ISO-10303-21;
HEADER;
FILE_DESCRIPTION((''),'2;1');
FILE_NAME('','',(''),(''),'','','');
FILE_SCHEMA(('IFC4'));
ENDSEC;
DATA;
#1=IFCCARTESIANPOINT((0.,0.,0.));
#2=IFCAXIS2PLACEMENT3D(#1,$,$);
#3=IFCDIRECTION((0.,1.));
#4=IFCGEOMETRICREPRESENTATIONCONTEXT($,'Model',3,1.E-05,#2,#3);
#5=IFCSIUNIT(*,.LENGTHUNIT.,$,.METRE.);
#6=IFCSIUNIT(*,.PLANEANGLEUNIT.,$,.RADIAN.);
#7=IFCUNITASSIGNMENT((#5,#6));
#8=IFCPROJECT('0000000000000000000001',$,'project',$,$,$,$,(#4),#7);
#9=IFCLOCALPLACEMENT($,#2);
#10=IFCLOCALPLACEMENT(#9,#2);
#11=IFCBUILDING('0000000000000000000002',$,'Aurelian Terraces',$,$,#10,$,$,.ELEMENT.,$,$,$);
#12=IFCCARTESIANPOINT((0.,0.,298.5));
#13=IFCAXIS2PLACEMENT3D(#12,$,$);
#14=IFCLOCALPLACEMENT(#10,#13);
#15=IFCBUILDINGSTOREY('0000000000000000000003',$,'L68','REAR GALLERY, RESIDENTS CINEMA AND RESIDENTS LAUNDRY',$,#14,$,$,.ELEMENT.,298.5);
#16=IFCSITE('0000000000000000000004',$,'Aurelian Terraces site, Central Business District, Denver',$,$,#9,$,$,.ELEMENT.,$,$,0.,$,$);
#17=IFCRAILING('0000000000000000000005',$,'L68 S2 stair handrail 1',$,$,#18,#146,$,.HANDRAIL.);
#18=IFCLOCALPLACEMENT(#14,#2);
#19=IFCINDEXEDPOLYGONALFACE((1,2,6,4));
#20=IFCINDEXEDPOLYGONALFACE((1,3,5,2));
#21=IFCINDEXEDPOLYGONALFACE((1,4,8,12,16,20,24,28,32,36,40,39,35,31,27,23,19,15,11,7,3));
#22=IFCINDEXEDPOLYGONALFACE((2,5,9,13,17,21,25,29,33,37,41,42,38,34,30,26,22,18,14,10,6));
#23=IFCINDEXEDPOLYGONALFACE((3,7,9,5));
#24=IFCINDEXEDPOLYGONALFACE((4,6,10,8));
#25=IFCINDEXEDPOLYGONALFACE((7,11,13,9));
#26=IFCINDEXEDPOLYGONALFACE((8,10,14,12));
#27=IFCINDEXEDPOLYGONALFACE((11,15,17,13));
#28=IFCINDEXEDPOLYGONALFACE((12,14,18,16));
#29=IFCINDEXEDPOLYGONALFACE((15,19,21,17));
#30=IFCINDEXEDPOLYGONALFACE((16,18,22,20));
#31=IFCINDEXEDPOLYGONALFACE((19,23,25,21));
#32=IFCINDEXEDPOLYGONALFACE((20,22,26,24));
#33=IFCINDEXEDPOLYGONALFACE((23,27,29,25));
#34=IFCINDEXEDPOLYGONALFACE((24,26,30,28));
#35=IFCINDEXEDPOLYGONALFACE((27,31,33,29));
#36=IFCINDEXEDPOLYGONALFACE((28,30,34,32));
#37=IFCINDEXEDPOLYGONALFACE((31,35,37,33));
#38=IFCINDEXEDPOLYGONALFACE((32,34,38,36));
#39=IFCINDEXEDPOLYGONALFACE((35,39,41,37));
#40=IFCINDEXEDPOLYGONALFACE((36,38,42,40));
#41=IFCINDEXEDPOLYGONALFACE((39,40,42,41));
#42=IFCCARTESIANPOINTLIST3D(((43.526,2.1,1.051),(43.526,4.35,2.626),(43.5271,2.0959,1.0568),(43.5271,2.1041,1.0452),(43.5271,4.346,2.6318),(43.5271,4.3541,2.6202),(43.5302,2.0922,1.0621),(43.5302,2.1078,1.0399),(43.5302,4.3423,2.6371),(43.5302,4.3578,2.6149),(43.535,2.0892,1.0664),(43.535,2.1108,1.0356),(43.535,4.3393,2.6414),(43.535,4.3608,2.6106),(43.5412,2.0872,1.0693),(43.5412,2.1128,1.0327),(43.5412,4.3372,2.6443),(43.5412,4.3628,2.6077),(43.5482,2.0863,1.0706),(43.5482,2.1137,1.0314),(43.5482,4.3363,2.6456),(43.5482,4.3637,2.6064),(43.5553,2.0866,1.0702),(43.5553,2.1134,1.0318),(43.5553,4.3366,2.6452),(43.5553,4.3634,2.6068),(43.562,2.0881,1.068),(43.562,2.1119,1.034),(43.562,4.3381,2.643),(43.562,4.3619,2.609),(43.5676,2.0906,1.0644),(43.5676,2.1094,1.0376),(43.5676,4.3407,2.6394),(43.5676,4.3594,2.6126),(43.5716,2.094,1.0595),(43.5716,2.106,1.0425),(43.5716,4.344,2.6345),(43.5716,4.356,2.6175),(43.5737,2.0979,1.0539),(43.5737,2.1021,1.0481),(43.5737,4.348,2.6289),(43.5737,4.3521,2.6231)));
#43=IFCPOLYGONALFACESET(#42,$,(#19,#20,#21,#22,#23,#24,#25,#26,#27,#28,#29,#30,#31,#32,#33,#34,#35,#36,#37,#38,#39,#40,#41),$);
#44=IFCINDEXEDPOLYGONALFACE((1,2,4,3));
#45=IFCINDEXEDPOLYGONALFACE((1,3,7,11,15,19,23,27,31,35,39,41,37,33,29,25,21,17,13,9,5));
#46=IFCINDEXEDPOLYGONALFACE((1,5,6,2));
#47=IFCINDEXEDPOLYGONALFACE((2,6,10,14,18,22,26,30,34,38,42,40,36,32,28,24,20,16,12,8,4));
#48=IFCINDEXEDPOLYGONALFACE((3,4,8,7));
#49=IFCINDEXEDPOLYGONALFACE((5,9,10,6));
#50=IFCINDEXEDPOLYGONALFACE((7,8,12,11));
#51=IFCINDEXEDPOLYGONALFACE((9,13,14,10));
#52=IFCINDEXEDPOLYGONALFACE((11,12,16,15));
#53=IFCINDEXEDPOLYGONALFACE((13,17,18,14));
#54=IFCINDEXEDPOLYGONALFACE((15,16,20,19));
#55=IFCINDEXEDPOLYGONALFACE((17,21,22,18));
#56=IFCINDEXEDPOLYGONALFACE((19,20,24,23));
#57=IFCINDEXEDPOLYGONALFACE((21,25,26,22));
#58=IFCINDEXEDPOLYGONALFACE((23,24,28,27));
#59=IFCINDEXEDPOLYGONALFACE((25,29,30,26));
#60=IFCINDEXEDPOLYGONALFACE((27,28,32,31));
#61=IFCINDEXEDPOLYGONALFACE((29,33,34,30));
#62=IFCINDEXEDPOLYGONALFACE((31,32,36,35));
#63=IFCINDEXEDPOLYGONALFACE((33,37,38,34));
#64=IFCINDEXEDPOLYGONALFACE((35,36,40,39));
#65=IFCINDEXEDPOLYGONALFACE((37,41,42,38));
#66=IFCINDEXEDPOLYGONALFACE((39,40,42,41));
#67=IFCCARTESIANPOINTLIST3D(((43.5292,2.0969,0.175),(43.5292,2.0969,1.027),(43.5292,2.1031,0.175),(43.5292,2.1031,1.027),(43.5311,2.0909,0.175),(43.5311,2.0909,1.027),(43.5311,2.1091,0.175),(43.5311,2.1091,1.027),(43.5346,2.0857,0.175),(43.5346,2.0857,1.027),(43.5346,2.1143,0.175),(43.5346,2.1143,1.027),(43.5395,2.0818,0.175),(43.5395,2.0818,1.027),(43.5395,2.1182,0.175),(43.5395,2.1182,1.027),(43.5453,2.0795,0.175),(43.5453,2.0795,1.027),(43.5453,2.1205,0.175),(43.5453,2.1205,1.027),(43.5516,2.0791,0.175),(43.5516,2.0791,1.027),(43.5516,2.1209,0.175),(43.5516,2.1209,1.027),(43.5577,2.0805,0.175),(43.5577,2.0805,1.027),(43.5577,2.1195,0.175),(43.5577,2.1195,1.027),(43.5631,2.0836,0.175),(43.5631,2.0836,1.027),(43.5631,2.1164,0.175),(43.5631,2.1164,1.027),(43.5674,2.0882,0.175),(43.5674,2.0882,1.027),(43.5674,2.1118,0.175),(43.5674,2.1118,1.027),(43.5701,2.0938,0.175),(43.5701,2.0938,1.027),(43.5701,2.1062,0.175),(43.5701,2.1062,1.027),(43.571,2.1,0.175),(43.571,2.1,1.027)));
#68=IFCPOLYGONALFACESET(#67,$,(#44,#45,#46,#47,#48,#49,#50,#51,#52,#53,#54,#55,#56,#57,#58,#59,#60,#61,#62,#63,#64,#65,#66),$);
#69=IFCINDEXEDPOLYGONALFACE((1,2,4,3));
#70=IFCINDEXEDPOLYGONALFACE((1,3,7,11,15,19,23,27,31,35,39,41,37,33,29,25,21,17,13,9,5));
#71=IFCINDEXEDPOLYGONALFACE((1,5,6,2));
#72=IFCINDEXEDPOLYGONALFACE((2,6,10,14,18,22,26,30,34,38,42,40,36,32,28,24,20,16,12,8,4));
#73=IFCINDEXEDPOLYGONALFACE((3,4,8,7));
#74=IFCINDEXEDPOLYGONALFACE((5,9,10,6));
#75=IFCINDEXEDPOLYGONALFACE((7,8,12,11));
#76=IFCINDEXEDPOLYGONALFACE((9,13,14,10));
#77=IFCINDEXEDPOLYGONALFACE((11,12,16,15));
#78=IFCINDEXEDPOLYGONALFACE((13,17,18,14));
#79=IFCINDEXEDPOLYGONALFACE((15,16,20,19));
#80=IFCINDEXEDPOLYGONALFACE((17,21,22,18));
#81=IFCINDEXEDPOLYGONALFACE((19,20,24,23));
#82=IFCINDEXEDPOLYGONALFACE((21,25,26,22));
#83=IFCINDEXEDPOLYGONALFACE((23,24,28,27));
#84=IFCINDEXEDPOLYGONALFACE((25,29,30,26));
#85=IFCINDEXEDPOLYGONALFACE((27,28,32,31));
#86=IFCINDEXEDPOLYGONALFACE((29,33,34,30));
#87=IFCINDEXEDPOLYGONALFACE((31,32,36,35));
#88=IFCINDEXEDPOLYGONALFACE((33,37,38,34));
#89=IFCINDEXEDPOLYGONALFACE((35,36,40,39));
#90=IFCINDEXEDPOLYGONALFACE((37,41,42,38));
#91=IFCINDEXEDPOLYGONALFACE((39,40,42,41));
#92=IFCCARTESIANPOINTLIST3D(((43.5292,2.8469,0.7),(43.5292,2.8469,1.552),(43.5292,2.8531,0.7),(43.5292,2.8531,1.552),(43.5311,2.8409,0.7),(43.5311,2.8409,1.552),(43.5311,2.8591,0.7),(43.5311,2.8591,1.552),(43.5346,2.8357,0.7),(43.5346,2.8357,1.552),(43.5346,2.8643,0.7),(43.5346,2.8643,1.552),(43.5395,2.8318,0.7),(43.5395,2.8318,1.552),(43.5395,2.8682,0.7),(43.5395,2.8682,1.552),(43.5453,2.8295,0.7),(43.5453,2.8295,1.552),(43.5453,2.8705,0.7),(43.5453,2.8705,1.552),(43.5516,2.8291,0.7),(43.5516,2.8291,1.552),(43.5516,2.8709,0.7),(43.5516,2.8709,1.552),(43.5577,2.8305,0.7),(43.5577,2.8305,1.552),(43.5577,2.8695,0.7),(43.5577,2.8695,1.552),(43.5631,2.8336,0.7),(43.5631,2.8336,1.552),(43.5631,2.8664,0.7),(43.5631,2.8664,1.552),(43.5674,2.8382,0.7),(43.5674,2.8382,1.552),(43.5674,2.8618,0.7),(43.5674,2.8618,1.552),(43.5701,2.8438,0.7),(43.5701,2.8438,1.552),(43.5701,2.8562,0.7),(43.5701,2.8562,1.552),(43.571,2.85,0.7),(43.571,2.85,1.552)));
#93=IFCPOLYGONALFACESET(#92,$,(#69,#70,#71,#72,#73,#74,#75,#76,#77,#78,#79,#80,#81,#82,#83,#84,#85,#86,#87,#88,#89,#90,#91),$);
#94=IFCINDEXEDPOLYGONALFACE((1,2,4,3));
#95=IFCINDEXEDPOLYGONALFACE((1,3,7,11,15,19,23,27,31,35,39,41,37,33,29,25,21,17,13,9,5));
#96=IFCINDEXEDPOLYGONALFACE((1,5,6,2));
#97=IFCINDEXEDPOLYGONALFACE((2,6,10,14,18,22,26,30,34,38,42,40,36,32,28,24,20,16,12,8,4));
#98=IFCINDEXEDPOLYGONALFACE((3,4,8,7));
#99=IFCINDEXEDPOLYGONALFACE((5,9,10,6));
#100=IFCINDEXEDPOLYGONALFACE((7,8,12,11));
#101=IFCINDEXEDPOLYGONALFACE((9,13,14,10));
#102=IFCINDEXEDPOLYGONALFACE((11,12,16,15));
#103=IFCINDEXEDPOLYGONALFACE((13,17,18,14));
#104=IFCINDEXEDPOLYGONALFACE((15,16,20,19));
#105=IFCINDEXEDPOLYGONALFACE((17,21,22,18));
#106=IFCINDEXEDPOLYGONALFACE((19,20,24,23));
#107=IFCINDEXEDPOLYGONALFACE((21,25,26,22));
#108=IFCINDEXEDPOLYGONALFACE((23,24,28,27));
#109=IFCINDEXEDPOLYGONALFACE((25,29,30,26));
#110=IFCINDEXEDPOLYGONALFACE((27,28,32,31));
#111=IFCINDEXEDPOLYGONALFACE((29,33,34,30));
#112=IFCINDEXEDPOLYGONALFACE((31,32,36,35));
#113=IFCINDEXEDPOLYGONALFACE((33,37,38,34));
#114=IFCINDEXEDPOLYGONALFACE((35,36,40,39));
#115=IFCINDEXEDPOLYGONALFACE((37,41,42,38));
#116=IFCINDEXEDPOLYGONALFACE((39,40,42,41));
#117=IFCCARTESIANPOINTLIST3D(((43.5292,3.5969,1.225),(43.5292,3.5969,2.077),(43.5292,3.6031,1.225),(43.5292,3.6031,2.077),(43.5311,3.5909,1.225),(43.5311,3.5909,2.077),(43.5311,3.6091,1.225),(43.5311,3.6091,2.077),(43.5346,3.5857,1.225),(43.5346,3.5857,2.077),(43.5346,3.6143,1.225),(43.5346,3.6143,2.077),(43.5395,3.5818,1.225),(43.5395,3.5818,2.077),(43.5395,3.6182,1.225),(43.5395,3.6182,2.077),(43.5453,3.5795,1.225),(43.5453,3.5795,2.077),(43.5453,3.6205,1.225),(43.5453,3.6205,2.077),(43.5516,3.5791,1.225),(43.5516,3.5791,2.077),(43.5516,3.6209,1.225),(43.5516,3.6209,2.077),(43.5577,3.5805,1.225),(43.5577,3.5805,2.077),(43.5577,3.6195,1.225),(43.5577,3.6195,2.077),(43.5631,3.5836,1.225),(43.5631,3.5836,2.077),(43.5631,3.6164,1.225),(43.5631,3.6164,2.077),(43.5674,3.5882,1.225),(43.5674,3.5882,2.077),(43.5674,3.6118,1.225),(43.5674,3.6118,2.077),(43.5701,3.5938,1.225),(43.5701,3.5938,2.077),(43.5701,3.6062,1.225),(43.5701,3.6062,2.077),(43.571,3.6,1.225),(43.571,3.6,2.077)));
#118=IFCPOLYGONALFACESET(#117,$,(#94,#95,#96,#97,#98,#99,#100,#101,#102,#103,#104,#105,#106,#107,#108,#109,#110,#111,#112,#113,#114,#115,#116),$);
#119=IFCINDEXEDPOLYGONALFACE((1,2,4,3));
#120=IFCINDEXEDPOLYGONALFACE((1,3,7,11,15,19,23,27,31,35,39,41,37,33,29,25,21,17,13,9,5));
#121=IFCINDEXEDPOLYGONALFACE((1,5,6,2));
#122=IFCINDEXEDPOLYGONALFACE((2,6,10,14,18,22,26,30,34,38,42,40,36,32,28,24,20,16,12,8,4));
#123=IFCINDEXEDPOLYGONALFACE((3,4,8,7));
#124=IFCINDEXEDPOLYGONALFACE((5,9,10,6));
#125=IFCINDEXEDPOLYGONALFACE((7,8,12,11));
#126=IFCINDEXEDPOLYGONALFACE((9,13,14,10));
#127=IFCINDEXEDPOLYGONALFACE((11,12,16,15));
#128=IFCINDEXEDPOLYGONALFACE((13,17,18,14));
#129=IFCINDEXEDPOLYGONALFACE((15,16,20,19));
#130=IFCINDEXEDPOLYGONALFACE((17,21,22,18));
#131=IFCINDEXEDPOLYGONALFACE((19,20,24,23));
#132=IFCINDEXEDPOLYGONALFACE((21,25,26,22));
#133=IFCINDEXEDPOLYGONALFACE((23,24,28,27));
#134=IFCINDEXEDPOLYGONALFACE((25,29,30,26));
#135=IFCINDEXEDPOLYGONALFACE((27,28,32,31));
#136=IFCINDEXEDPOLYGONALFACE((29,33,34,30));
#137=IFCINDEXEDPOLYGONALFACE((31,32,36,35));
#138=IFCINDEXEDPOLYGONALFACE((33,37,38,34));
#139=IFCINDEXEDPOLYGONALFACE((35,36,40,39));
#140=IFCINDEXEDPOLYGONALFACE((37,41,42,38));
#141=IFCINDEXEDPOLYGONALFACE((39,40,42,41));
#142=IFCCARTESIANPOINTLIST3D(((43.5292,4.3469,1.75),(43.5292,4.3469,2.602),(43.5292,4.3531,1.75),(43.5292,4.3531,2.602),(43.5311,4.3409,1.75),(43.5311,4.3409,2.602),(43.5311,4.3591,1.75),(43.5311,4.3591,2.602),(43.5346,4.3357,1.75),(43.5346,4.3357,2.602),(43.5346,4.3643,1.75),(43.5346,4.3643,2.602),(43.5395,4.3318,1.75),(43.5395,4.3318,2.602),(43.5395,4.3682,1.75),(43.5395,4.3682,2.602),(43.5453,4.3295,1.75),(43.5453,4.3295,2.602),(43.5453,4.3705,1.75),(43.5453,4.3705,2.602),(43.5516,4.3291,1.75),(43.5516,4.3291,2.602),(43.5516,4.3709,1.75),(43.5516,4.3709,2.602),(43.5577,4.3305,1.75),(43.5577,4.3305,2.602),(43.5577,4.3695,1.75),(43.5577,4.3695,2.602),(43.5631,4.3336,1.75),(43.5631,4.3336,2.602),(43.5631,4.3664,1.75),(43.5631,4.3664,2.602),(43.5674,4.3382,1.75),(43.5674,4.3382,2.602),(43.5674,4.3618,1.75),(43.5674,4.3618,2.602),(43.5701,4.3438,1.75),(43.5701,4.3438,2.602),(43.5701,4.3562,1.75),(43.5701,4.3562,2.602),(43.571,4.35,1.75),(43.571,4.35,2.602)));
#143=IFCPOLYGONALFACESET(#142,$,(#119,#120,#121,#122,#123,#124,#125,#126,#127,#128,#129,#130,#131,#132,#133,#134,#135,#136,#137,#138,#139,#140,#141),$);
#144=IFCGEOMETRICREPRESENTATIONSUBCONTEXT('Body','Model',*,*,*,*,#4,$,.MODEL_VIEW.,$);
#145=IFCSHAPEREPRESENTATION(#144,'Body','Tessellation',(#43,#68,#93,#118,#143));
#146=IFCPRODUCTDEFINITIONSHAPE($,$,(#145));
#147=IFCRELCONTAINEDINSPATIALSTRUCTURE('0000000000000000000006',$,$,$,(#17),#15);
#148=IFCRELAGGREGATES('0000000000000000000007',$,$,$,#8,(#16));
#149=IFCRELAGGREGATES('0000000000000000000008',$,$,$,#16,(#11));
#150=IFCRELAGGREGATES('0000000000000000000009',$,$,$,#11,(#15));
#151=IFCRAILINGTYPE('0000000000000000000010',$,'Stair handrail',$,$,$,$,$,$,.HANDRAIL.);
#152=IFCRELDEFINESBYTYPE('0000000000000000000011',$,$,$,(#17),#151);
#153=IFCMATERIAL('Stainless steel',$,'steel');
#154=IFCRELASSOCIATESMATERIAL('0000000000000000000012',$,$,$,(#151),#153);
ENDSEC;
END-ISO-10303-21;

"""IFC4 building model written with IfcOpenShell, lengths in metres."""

from ifc_helpers import new_model, si_unit, direction, frame, origin, origin_2d, place, context, subcontext, project, spatial, circle, extrude, source, transform, mapped, material, type_object, element, save


model = new_model("IFC4")

# Units and contexts
model_context = context("Model", 3, precision=1e-05, world=origin(), true_north=direction((0.0, 1.0)))
body_context = subcontext(model_context, "Body", "Model", "MODEL_VIEW")
ifc_project = project(units=[si_unit("LENGTHUNIT", "METRE"), si_unit("PLANEANGLEUNIT", "RADIAN")], contexts=[model_context])

# Site, building, storey
site_placement = place(None, origin())
site = spatial("IfcSite", under=ifc_project, at=site_placement, Name="Aurelian Terraces site, Central Business District, Denver", CompositionType="ELEMENT", RefElevation=0.0)
building_placement = place(site_placement, origin())
building = spatial("IfcBuilding", under=site, at=building_placement, Name="Aurelian Terraces", CompositionType="ELEMENT")
storey_placement = place(building_placement, frame((0.0, 0.0, 298.5)))
storey = spatial("IfcBuildingStorey", under=building, at=storey_placement, Name="L68", Description="REAR GALLERY, RESIDENTS CINEMA AND RESIDENTS LAUNDRY", CompositionType="ELEMENT", Elevation=298.5)

# Railing
ifc_material_1 = material(Name="Stainless steel", Category="steel")
railing_type_1 = type_object("IfcRailingType", Name="Stair handrail", PredefinedType="HANDRAIL", material=ifc_material_1)
shared_shape_1 = source(origin(), body_context, "Body", "SweptSolid", [
    extrude(circle(Radius=0.024, at=origin_2d()), frame((0.0, 0.0, 0.876), z_axis=(0.0, 0.819232, 0.573462), x_axis=(-1.0, 0.0, 0.0)), (0.0, 0.0, 1.0), 2.7465),
    extrude(circle(Radius=0.021, at=origin_2d()), origin(), (0.0, 0.0, 1.0), 0.852),
    extrude(circle(Radius=0.021, at=origin_2d()), frame((0.0, 0.75, 0.525)), (0.0, 0.0, 1.0), 0.852),
    extrude(circle(Radius=0.021, at=origin_2d()), frame((0.0, 1.5, 1.05)), (0.0, 0.0, 1.0), 0.852),
    extrude(circle(Radius=0.021, at=origin_2d()), frame((0.0, 2.25, 1.575)), (0.0, 0.0, 1.0), 0.852),
])
railing_1_placement = place(storey_placement, frame((43.55, 2.1, 0.175)))
element("IfcRailing", 1, at=railing_1_placement, inside=storey, type_object=railing_type_1, Name="L68 S2 stair handrail 1", PredefinedType="HANDRAIL", context=body_context, shape_type="MappedRepresentation", body=[
    mapped(shared_shape_1, transform((0.0, 0.0, 0.0), scale=1.0)),
])

save(model, "model.ifc")
